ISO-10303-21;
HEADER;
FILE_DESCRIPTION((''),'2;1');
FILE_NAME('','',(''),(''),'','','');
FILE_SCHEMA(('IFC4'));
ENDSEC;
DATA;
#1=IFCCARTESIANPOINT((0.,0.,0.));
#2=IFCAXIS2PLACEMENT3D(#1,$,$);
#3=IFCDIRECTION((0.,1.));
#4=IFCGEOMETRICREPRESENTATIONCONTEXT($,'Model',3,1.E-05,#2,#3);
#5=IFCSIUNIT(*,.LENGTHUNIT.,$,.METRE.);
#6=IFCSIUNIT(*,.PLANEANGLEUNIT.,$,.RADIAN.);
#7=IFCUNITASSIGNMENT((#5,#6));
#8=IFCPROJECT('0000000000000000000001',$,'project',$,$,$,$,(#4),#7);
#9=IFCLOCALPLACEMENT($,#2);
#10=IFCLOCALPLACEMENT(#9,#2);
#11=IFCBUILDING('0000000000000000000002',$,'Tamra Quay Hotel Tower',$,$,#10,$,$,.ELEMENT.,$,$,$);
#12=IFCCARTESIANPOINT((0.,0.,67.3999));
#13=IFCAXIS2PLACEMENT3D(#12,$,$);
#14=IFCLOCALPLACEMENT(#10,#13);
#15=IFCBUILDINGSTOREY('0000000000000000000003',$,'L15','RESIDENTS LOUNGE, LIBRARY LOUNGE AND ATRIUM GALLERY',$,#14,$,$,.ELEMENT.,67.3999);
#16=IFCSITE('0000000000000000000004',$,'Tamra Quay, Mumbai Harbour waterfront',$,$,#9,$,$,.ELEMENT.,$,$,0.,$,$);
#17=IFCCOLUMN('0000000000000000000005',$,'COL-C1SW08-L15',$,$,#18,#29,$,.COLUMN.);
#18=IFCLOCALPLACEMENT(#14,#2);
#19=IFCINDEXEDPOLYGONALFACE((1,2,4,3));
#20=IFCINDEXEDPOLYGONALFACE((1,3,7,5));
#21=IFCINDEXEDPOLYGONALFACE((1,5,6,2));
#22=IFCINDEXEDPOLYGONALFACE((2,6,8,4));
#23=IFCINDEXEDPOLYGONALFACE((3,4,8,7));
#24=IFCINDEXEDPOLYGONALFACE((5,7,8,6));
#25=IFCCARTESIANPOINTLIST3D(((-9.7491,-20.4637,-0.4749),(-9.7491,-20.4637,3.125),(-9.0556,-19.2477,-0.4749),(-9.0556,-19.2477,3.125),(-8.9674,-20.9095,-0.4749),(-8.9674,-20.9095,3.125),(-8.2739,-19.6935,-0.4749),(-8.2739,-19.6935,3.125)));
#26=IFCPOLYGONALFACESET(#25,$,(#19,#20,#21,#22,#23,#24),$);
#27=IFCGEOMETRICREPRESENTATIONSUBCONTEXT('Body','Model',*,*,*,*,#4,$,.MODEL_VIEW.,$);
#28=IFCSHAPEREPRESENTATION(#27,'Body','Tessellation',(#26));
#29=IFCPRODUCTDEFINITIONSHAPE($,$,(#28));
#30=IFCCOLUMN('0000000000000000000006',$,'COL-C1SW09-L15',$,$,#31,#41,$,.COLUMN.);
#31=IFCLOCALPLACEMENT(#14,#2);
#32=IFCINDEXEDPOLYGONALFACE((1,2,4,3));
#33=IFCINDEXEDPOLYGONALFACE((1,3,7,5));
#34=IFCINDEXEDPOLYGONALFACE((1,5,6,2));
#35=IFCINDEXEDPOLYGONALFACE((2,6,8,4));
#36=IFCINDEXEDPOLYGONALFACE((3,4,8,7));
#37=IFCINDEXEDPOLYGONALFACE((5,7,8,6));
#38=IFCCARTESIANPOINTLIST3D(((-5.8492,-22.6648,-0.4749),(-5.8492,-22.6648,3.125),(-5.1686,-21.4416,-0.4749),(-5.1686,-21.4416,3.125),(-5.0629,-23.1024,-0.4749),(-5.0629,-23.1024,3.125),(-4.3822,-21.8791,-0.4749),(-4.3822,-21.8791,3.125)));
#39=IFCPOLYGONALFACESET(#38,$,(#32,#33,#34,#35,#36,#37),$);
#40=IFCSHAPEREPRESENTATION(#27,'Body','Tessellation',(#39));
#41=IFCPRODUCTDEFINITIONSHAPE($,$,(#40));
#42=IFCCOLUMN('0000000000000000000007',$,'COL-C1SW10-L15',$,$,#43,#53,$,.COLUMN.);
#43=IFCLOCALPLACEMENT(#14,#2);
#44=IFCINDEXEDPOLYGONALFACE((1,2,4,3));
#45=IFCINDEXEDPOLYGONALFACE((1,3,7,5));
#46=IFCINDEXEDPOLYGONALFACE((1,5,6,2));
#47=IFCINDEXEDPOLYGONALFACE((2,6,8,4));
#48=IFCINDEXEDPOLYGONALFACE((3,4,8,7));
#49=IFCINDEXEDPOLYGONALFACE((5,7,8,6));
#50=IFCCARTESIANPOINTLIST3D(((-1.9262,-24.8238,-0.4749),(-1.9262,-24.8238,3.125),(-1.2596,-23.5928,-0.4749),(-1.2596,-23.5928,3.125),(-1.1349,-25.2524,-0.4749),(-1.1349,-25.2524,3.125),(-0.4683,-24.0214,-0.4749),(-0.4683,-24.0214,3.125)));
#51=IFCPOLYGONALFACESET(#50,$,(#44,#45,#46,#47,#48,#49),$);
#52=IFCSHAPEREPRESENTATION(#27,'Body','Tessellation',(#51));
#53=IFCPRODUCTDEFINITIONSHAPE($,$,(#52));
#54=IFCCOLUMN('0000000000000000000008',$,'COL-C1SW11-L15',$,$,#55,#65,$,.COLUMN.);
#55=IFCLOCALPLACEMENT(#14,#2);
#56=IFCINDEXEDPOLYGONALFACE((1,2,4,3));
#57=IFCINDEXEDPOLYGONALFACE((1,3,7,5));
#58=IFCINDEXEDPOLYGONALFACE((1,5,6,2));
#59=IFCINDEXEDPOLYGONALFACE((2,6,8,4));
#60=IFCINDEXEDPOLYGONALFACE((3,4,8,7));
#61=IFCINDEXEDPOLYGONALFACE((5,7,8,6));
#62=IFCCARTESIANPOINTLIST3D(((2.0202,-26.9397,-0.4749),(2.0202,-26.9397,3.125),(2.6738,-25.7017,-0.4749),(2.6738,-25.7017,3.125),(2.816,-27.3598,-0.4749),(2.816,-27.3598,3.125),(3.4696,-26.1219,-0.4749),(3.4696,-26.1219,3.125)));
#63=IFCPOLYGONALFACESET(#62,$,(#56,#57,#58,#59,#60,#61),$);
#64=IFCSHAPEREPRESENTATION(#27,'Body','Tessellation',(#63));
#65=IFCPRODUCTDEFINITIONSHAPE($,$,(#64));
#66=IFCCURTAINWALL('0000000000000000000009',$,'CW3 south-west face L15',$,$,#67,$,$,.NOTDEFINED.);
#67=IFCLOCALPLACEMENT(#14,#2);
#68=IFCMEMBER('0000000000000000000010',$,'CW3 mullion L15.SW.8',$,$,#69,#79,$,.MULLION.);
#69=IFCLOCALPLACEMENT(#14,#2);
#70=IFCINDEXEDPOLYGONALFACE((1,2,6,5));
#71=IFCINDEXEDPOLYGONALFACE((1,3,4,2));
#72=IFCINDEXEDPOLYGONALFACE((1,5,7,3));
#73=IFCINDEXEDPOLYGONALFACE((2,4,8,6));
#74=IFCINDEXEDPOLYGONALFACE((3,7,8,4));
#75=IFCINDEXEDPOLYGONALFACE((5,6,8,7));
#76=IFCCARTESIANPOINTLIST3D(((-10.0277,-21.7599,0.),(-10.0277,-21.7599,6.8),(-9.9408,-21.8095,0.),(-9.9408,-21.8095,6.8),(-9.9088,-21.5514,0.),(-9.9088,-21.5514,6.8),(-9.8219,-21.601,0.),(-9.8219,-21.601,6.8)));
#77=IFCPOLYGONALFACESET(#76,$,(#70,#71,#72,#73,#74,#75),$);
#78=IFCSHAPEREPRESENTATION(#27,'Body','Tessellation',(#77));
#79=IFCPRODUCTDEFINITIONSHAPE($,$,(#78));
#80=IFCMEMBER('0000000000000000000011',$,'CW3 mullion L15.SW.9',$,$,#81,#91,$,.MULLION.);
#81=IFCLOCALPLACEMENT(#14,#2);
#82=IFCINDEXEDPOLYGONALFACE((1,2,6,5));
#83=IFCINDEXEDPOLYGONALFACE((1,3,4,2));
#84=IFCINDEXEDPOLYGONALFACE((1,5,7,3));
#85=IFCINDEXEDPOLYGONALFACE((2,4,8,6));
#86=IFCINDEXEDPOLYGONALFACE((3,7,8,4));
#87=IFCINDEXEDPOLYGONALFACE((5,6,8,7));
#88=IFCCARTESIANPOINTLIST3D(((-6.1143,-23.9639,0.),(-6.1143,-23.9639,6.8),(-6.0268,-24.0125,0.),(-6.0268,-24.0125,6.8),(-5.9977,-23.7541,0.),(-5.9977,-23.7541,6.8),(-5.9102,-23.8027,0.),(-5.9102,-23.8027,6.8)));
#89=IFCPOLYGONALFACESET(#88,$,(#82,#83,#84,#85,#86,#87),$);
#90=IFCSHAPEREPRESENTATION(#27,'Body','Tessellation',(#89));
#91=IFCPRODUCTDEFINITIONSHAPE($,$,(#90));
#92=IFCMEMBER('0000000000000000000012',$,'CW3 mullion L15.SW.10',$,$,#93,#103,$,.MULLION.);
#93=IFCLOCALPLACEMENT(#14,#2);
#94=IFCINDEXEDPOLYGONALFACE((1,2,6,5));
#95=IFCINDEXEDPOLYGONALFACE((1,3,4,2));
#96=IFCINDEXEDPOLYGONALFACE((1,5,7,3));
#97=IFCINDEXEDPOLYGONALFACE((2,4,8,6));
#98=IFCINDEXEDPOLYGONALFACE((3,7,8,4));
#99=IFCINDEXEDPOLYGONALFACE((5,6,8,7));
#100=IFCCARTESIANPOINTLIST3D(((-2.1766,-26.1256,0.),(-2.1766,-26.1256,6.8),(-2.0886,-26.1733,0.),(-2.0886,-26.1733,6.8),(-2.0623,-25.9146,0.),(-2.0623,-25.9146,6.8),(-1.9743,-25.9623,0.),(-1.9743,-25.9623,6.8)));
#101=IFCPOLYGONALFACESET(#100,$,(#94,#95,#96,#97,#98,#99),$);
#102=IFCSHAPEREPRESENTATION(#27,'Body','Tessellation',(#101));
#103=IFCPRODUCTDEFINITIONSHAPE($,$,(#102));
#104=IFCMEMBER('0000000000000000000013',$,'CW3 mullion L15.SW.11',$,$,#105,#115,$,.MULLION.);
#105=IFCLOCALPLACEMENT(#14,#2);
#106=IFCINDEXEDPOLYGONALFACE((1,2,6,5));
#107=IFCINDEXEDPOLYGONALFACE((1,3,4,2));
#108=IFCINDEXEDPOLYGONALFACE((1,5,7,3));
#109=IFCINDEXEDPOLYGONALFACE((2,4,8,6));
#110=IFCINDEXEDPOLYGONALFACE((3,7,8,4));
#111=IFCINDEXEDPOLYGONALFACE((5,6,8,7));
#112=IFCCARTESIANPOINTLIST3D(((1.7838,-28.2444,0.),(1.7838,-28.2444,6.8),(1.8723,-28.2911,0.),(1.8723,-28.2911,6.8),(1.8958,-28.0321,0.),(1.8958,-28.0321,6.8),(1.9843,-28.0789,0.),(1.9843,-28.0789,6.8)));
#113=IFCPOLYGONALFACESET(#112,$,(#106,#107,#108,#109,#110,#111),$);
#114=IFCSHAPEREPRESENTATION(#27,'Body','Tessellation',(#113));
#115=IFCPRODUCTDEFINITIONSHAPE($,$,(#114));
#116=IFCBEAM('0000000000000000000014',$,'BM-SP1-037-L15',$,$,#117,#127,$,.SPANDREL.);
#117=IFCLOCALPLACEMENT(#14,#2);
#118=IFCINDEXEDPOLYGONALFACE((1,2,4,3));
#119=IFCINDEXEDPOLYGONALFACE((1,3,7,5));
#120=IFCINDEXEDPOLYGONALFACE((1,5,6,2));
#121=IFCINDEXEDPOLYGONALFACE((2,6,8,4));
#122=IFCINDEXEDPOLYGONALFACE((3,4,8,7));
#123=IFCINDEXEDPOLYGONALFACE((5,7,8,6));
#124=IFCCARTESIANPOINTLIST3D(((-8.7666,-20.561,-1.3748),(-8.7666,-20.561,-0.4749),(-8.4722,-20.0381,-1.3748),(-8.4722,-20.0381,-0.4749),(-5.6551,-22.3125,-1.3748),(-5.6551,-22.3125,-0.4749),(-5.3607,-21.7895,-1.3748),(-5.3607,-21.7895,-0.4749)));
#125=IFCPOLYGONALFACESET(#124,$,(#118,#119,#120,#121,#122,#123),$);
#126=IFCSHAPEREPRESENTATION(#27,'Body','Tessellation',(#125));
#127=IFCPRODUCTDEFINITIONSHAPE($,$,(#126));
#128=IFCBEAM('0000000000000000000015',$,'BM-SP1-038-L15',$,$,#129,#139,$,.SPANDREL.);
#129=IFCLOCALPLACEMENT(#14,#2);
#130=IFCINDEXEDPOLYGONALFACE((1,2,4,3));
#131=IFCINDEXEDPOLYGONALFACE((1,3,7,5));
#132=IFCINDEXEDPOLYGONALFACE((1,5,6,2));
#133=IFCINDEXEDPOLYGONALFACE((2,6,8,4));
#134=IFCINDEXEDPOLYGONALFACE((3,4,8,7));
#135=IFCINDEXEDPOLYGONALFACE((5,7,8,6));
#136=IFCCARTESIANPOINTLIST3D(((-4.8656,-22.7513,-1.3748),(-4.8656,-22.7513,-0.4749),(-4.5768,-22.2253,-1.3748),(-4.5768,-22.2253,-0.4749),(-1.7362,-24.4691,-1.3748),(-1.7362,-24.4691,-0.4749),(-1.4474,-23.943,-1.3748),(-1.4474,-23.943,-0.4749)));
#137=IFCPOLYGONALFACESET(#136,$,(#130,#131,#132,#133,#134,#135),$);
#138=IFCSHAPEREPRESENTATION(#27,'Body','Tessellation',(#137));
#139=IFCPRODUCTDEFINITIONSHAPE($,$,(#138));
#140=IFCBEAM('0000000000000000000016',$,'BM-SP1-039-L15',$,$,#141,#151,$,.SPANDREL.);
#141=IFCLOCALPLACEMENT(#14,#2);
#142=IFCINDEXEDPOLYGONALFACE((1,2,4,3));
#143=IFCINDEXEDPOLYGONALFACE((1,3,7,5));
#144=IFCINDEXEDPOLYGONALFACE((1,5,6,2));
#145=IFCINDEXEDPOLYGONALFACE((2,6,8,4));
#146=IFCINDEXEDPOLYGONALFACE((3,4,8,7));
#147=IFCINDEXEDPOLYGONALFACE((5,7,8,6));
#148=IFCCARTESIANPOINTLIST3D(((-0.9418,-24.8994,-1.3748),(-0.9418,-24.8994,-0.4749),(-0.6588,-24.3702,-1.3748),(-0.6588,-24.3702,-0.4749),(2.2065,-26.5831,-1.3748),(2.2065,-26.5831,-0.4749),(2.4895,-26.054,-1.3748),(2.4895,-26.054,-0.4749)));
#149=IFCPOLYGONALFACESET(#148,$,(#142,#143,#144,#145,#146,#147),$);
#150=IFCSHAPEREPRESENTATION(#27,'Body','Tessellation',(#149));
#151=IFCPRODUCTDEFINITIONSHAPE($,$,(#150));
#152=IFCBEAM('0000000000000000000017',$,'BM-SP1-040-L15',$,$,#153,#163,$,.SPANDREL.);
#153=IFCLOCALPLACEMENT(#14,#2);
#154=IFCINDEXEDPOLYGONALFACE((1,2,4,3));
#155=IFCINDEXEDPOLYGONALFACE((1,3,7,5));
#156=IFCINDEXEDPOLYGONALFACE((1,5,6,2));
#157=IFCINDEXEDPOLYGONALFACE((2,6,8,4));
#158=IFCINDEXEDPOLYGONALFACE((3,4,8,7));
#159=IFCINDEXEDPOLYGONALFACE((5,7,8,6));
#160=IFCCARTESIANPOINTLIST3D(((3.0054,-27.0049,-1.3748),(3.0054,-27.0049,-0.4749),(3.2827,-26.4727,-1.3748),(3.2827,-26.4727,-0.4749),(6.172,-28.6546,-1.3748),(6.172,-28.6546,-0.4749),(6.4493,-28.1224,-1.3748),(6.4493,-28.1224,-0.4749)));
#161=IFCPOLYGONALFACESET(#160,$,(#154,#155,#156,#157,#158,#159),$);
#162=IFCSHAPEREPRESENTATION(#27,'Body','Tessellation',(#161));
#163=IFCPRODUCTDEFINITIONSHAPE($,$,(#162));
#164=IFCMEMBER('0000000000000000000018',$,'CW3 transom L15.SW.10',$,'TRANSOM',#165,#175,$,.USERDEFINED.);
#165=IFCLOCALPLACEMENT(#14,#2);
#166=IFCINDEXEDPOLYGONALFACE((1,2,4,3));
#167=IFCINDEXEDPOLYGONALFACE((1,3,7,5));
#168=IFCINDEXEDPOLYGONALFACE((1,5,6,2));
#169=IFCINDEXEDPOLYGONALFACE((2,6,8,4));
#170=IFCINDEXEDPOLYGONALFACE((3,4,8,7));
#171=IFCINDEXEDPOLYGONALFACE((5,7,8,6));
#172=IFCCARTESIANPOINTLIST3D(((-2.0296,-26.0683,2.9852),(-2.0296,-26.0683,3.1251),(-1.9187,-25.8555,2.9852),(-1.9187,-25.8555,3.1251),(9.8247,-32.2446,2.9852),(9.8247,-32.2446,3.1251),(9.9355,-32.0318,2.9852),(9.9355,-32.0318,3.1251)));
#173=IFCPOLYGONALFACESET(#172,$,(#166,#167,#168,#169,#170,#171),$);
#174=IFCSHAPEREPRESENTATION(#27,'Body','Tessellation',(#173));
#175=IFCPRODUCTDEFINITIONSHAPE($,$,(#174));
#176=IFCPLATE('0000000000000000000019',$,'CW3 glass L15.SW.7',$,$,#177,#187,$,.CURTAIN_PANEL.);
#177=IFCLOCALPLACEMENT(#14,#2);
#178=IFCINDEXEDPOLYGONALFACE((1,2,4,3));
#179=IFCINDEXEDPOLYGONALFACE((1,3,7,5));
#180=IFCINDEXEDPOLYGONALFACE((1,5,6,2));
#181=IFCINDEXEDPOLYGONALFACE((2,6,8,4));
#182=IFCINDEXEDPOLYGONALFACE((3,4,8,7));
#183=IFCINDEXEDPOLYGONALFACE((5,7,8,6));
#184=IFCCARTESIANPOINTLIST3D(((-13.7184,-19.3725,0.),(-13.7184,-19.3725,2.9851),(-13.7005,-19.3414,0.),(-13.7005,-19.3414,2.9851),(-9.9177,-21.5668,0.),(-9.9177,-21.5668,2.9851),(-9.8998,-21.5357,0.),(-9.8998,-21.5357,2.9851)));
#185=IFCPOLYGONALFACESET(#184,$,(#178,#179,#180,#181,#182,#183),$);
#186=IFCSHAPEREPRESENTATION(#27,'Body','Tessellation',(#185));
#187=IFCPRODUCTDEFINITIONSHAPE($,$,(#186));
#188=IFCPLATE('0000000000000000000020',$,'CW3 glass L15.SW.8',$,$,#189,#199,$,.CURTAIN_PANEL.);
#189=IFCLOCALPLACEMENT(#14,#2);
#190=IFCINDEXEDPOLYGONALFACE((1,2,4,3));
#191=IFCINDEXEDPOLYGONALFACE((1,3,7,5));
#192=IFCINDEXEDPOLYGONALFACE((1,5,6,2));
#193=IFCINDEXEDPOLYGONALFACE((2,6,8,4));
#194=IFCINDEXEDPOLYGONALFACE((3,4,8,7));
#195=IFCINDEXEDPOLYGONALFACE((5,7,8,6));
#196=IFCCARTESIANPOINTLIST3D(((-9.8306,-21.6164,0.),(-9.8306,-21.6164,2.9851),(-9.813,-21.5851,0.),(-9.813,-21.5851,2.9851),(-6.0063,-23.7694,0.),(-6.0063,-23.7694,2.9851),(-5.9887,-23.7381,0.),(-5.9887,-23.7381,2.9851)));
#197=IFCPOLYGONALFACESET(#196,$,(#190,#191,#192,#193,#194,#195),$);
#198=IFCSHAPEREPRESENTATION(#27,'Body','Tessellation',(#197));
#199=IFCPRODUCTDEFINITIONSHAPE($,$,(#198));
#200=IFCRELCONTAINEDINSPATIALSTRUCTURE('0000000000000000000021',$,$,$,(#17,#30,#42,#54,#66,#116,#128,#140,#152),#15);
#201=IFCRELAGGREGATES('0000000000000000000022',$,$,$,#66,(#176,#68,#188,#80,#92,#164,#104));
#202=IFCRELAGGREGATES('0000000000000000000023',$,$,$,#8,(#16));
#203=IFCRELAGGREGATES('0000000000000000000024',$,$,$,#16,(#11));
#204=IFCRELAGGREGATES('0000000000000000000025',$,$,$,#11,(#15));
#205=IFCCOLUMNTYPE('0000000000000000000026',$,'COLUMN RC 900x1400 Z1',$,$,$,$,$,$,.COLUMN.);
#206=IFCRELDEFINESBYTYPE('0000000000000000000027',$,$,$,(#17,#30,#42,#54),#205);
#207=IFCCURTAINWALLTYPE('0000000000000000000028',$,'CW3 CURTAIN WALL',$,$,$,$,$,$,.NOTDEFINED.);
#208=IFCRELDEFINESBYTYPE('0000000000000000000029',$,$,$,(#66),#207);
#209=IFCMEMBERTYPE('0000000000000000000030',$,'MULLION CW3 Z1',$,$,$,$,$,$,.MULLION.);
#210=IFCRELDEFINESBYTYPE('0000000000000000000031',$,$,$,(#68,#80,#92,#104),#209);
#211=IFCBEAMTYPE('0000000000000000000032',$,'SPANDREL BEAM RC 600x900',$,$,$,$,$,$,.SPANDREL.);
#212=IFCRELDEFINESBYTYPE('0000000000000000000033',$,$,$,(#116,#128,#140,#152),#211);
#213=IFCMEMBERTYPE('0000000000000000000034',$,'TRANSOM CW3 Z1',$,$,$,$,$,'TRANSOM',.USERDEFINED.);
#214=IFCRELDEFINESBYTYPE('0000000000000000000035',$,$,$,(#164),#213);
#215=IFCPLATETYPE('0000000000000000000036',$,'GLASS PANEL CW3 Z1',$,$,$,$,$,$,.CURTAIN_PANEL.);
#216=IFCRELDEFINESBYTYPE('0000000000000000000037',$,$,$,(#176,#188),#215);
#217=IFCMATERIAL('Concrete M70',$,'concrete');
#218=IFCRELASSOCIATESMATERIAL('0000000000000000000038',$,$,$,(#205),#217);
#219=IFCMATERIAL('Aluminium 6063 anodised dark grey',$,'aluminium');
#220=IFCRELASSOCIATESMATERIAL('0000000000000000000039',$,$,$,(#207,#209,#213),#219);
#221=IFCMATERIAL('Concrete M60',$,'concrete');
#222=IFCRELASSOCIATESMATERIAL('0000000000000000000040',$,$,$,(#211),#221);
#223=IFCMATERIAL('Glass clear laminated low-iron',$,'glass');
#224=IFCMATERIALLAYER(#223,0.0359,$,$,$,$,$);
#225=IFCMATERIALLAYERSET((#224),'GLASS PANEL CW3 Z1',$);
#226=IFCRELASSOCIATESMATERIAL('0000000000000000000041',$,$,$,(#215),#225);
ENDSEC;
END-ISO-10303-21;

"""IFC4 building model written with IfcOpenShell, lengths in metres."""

from ifc_helpers import new_model, si_unit, direction, frame, origin, origin_2d, place, context, subcontext, project, spatial, rectangle, extrude, material, layer, layer_set, material_profile, profile_set, type_object, element, aggregate, save


model = new_model("IFC4")

# Units and contexts
model_context = context("Model", 3, precision=1e-05, world=origin(), true_north=direction((0.0, 1.0)))
body_context = subcontext(model_context, "Body", "Model", "MODEL_VIEW")
ifc_project = project(units=[si_unit("LENGTHUNIT", "METRE"), si_unit("PLANEANGLEUNIT", "RADIAN")], contexts=[model_context])

# Site, building, storey
site_placement = place(None, origin())
site = spatial("IfcSite", under=ifc_project, at=site_placement, Name="Tamra Quay, Mumbai Harbour waterfront", CompositionType="ELEMENT", RefElevation=0.0)
building_placement = place(site_placement, origin())
building = spatial("IfcBuilding", under=site, at=building_placement, Name="Tamra Quay Hotel Tower", CompositionType="ELEMENT")
storey_placement = place(building_placement, frame((0.0, 0.0, 67.3999)))
storey = spatial("IfcBuildingStorey", under=building, at=storey_placement, Name="L15", Description="RESIDENTS LOUNGE, LIBRARY LOUNGE AND ATRIUM GALLERY", CompositionType="ELEMENT", Elevation=67.3999)

# Columns
ifc_material_1 = material(Name="Concrete M70", Category="concrete")
ifc_material_profile_1 = material_profile(ifc_material_1, rectangle(XDim=1.3999, YDim=0.8999, at=origin_2d()), Name="COLUMN RC 900x1400 Z1")
ifc_profile_set_1 = profile_set([ifc_material_profile_1], Name="Concrete M70")
column_type = type_object("IfcColumnType", Name="COLUMN RC 900x1400 Z1", PredefinedType="COLUMN", material=ifc_profile_set_1)
for number, where, z_axis, x_axis, name in (
    (1, (-9.0115, -20.0786, -0.4749), (0.0, 0.0, 1.0), (0.495421, 0.868653, 0.0), "COL-C1SW08-L15"),
    (2, (-5.1157, -22.272, -0.4749), (0.0, 0.0, 1.0), (0.486221, 0.873836, 0.0), "COL-C1SW09-L15"),
    (3, (-1.1973, -24.4226, -0.4749), (0.0, 0.0, 1.0), (0.476198, 0.879338, 0.0), "COL-C1SW10-L15"),
    (4, (2.7449, -26.5308, -0.4749), (0.0, 0.0, 1.0), (0.466896, 0.884312, 0.0), "COL-C1SW11-L15"),
):
    element("IfcColumn", number, at=place(storey_placement, frame(where, z_axis=z_axis, x_axis=x_axis)), inside=storey, type_object=column_type, Name=name, PredefinedType="COLUMN", context=body_context, shape_type="SweptSolid", body=[
        extrude(rectangle(XDim=1.3999, YDim=0.8999, at=origin_2d()), origin(), (0.0, 0.0, 1.0), 3.5999),
    ])

# Curtain wall, members
ifc_material_2 = material(Name="Aluminium 6063 anodised dark grey", Category="aluminium")
curtain_wall_type = type_object("IfcCurtainWallType", Name="CW3 CURTAIN WALL", PredefinedType="NOTDEFINED", material=ifc_material_2)
curtain_wall_placement = place(storey_placement, origin())
curtain_wall = element("IfcCurtainWall", 5, at=curtain_wall_placement, inside=storey, type_object=curtain_wall_type, Name="CW3 south-west face L15", PredefinedType="NOTDEFINED")
ifc_material_profile_2 = material_profile(ifc_material_2, rectangle(XDim=0.24, YDim=0.1001, at=origin_2d()), Name="MULLION 100X240")
ifc_profile_set_2 = profile_set([ifc_material_profile_2], Name="Aluminium 6063 anodised dark grey")
member_type_1 = type_object("IfcMemberType", Name="MULLION CW3 Z1", PredefinedType="MULLION", material=ifc_profile_set_2)
member_1_placement = place(storey_placement, frame((-9.9248, -21.6804, 0.0), z_axis=(0.0, 0.0, 1.0), x_axis=(-0.4953, -0.868722, 0.0)))
member_1 = element("IfcMember", 6, at=member_1_placement, type_object=member_type_1, Name="CW3 mullion L15.SW.8", PredefinedType="MULLION", context=body_context, shape_type="SweptSolid", body=[
    extrude(rectangle(XDim=0.24, YDim=0.1001, at=origin_2d()), origin(), (0.0, 0.0, 1.0), 6.8),
])
member_2_placement = place(storey_placement, frame((-6.0122, -23.8833, 0.0), z_axis=(0.0, 0.0, 1.0), x_axis=(-0.485863, -0.874035, 0.0)))
member_2 = element("IfcMember", 7, at=member_2_placement, type_object=member_type_1, Name="CW3 mullion L15.SW.9", PredefinedType="MULLION", context=body_context, shape_type="SweptSolid", body=[
    extrude(rectangle(XDim=0.24, YDim=0.1001, at=origin_2d()), origin(), (0.0, 0.0, 1.0), 6.8),
])
member_3_placement = place(storey_placement, frame((-2.0754, -26.0439, 0.0), z_axis=(0.0, 0.0, 1.0), x_axis=(-0.476376, -0.879241, 0.0)))
member_3 = element("IfcMember", 8, at=member_3_placement, type_object=member_type_1, Name="CW3 mullion L15.SW.10", PredefinedType="MULLION", context=body_context, shape_type="SweptSolid", body=[
    extrude(rectangle(XDim=0.24, YDim=0.1001, at=origin_2d()), origin(), (0.0, 0.0, 1.0), 6.8),
])
member_4_placement = place(storey_placement, frame((1.884, -28.1616, 0.0), z_axis=(0.0, 0.0, 1.0), x_axis=(-0.466835, -0.884344, 0.0)))
member_4 = element("IfcMember", 9, at=member_4_placement, type_object=member_type_1, Name="CW3 mullion L15.SW.11", PredefinedType="MULLION", context=body_context, shape_type="SweptSolid", body=[
    extrude(rectangle(XDim=0.24, YDim=0.1001, at=origin_2d()), origin(), (0.0, 0.0, 1.0), 6.8),
])

# Beams
ifc_material_3 = material(Name="Concrete M60", Category="concrete")
ifc_material_profile_3 = material_profile(ifc_material_3, rectangle(XDim=0.6001, YDim=0.8999, at=origin_2d()), Name="SPANDREL BEAM RC 600x900")
ifc_profile_set_3 = profile_set([ifc_material_profile_3], Name="Concrete M60")
beam_type = type_object("IfcBeamType", Name="SPANDREL BEAM RC 600x900", PredefinedType="SPANDREL", material=ifc_profile_set_3)
beam_1_placement = place(storey_placement, frame((-8.6194, -20.2996, -0.9248), z_axis=(0.871431, -0.490518, 0.0), x_axis=(0.490518, 0.871431, 0.0)))
element("IfcBeam", 10, at=beam_1_placement, inside=storey, type_object=beam_type, Name="BM-SP1-037-L15", PredefinedType="SPANDREL", context=body_context, shape_type="SweptSolid", body=[
    extrude(rectangle(XDim=0.6001, YDim=0.8999, at=origin_2d()), origin(), (0.0, 0.0, 1.0), 3.5706),
])
beam_2_placement = place(storey_placement, frame((-4.7212, -22.4883, -0.9248), z_axis=(0.876617, -0.481189, 0.0), x_axis=(0.481189, 0.876617, 0.0)))
element("IfcBeam", 11, at=beam_2_placement, inside=storey, type_object=beam_type, Name="BM-SP1-038-L15", PredefinedType="SPANDREL", context=body_context, shape_type="SweptSolid", body=[
    extrude(rectangle(XDim=0.6001, YDim=0.8999, at=origin_2d()), origin(), (0.0, 0.0, 1.0), 3.5698),
])
beam_3_placement = place(storey_placement, frame((-0.8003, -24.6348, -0.9248), z_axis=(0.881809, -0.471607, 0.0), x_axis=(0.471607, 0.881809, 0.0)))
element("IfcBeam", 12, at=beam_3_placement, inside=storey, type_object=beam_type, Name="BM-SP1-039-L15", PredefinedType="SPANDREL", context=body_context, shape_type="SweptSolid", body=[
    extrude(rectangle(XDim=0.6001, YDim=0.8999, at=origin_2d()), origin(), (0.0, 0.0, 1.0), 3.5703),
])
beam_4_placement = place(storey_placement, frame((3.144, -26.7388, -0.9248), z_axis=(0.886864, -0.462031, 0.0), x_axis=(0.462031, 0.886864, 0.0)))
element("IfcBeam", 13, at=beam_4_placement, inside=storey, type_object=beam_type, Name="BM-SP1-040-L15", PredefinedType="SPANDREL", context=body_context, shape_type="SweptSolid", body=[
    extrude(rectangle(XDim=0.6001, YDim=0.8999, at=origin_2d()), origin(), (0.0, 0.0, 1.0), 3.5706),
])

# Member
ifc_material_profile_4 = material_profile(ifc_material_2, rectangle(XDim=0.24, YDim=0.1399, at=origin_2d()), Name="TRANSOM 240X140")
ifc_profile_set_4 = profile_set([ifc_material_profile_4], Name="Aluminium 6063 anodised dark grey")
member_type_2 = type_object("IfcMemberType", Name="TRANSOM CW3 Z1", ElementType="TRANSOM", PredefinedType="USERDEFINED", material=ifc_profile_set_4)
member_5_placement = place(storey_placement, frame((-1.9741, -25.9619, 3.0552), z_axis=(0.886847, -0.462063, 0.0), x_axis=(0.462063, 0.886847, 0.0)))
member_5 = element("IfcMember", 14, at=member_5_placement, type_object=member_type_2, Name="CW3 transom L15.SW.10", ObjectType="TRANSOM", PredefinedType="USERDEFINED", context=body_context, shape_type="SweptSolid", body=[
    extrude(rectangle(XDim=0.24, YDim=0.1399, at=origin_2d()), origin(), (0.0, 0.0, 1.0), 13.3667),
])

# Plates
ifc_material_4 = material(Name="Glass clear laminated low-iron", Category="glass")
ifc_layer_1 = layer(ifc_material_4, 0.0359)
ifc_layer_set_1 = layer_set([ifc_layer_1], Name="GLASS PANEL CW3 Z1")
plate_type = type_object("IfcPlateType", Name="GLASS PANEL CW3 Z1", PredefinedType="CURTAIN_PANEL", material=ifc_layer_set_1)
plate_1_placement = place(storey_placement, frame((-11.8091, -20.4541, 0.0), z_axis=(0.0, 0.0, 1.0), x_axis=(0.866025, -0.5, 0.0)))
plate_1 = element("IfcPlate", 15, at=plate_1_placement, type_object=plate_type, Name="CW3 glass L15.SW.7", PredefinedType="CURTAIN_PANEL", context=body_context, shape_type="SweptSolid", body=[
    extrude(rectangle(XDim=4.3887, YDim=0.0359, at=origin_2d()), origin(), (0.0, 0.0, 1.0), 2.9851),
])
plate_2_placement = place(storey_placement, frame((-7.9097, -22.6772, 0.0), z_axis=(0.0, 0.0, 1.0), x_axis=(0.871393, -0.490586, 0.0)))
plate_2 = element("IfcPlate", 16, at=plate_2_placement, type_object=plate_type, Name="CW3 glass L15.SW.8", PredefinedType="CURTAIN_PANEL", context=body_context, shape_type="SweptSolid", body=[
    extrude(rectangle(XDim=4.3887, YDim=0.0359, at=origin_2d()), origin(), (0.0, 0.0, 1.0), 2.9851),
])
aggregate(curtain_wall, [plate_1, member_1, plate_2, member_2, member_3, member_5, member_4])

save(model, "model.ifc")
